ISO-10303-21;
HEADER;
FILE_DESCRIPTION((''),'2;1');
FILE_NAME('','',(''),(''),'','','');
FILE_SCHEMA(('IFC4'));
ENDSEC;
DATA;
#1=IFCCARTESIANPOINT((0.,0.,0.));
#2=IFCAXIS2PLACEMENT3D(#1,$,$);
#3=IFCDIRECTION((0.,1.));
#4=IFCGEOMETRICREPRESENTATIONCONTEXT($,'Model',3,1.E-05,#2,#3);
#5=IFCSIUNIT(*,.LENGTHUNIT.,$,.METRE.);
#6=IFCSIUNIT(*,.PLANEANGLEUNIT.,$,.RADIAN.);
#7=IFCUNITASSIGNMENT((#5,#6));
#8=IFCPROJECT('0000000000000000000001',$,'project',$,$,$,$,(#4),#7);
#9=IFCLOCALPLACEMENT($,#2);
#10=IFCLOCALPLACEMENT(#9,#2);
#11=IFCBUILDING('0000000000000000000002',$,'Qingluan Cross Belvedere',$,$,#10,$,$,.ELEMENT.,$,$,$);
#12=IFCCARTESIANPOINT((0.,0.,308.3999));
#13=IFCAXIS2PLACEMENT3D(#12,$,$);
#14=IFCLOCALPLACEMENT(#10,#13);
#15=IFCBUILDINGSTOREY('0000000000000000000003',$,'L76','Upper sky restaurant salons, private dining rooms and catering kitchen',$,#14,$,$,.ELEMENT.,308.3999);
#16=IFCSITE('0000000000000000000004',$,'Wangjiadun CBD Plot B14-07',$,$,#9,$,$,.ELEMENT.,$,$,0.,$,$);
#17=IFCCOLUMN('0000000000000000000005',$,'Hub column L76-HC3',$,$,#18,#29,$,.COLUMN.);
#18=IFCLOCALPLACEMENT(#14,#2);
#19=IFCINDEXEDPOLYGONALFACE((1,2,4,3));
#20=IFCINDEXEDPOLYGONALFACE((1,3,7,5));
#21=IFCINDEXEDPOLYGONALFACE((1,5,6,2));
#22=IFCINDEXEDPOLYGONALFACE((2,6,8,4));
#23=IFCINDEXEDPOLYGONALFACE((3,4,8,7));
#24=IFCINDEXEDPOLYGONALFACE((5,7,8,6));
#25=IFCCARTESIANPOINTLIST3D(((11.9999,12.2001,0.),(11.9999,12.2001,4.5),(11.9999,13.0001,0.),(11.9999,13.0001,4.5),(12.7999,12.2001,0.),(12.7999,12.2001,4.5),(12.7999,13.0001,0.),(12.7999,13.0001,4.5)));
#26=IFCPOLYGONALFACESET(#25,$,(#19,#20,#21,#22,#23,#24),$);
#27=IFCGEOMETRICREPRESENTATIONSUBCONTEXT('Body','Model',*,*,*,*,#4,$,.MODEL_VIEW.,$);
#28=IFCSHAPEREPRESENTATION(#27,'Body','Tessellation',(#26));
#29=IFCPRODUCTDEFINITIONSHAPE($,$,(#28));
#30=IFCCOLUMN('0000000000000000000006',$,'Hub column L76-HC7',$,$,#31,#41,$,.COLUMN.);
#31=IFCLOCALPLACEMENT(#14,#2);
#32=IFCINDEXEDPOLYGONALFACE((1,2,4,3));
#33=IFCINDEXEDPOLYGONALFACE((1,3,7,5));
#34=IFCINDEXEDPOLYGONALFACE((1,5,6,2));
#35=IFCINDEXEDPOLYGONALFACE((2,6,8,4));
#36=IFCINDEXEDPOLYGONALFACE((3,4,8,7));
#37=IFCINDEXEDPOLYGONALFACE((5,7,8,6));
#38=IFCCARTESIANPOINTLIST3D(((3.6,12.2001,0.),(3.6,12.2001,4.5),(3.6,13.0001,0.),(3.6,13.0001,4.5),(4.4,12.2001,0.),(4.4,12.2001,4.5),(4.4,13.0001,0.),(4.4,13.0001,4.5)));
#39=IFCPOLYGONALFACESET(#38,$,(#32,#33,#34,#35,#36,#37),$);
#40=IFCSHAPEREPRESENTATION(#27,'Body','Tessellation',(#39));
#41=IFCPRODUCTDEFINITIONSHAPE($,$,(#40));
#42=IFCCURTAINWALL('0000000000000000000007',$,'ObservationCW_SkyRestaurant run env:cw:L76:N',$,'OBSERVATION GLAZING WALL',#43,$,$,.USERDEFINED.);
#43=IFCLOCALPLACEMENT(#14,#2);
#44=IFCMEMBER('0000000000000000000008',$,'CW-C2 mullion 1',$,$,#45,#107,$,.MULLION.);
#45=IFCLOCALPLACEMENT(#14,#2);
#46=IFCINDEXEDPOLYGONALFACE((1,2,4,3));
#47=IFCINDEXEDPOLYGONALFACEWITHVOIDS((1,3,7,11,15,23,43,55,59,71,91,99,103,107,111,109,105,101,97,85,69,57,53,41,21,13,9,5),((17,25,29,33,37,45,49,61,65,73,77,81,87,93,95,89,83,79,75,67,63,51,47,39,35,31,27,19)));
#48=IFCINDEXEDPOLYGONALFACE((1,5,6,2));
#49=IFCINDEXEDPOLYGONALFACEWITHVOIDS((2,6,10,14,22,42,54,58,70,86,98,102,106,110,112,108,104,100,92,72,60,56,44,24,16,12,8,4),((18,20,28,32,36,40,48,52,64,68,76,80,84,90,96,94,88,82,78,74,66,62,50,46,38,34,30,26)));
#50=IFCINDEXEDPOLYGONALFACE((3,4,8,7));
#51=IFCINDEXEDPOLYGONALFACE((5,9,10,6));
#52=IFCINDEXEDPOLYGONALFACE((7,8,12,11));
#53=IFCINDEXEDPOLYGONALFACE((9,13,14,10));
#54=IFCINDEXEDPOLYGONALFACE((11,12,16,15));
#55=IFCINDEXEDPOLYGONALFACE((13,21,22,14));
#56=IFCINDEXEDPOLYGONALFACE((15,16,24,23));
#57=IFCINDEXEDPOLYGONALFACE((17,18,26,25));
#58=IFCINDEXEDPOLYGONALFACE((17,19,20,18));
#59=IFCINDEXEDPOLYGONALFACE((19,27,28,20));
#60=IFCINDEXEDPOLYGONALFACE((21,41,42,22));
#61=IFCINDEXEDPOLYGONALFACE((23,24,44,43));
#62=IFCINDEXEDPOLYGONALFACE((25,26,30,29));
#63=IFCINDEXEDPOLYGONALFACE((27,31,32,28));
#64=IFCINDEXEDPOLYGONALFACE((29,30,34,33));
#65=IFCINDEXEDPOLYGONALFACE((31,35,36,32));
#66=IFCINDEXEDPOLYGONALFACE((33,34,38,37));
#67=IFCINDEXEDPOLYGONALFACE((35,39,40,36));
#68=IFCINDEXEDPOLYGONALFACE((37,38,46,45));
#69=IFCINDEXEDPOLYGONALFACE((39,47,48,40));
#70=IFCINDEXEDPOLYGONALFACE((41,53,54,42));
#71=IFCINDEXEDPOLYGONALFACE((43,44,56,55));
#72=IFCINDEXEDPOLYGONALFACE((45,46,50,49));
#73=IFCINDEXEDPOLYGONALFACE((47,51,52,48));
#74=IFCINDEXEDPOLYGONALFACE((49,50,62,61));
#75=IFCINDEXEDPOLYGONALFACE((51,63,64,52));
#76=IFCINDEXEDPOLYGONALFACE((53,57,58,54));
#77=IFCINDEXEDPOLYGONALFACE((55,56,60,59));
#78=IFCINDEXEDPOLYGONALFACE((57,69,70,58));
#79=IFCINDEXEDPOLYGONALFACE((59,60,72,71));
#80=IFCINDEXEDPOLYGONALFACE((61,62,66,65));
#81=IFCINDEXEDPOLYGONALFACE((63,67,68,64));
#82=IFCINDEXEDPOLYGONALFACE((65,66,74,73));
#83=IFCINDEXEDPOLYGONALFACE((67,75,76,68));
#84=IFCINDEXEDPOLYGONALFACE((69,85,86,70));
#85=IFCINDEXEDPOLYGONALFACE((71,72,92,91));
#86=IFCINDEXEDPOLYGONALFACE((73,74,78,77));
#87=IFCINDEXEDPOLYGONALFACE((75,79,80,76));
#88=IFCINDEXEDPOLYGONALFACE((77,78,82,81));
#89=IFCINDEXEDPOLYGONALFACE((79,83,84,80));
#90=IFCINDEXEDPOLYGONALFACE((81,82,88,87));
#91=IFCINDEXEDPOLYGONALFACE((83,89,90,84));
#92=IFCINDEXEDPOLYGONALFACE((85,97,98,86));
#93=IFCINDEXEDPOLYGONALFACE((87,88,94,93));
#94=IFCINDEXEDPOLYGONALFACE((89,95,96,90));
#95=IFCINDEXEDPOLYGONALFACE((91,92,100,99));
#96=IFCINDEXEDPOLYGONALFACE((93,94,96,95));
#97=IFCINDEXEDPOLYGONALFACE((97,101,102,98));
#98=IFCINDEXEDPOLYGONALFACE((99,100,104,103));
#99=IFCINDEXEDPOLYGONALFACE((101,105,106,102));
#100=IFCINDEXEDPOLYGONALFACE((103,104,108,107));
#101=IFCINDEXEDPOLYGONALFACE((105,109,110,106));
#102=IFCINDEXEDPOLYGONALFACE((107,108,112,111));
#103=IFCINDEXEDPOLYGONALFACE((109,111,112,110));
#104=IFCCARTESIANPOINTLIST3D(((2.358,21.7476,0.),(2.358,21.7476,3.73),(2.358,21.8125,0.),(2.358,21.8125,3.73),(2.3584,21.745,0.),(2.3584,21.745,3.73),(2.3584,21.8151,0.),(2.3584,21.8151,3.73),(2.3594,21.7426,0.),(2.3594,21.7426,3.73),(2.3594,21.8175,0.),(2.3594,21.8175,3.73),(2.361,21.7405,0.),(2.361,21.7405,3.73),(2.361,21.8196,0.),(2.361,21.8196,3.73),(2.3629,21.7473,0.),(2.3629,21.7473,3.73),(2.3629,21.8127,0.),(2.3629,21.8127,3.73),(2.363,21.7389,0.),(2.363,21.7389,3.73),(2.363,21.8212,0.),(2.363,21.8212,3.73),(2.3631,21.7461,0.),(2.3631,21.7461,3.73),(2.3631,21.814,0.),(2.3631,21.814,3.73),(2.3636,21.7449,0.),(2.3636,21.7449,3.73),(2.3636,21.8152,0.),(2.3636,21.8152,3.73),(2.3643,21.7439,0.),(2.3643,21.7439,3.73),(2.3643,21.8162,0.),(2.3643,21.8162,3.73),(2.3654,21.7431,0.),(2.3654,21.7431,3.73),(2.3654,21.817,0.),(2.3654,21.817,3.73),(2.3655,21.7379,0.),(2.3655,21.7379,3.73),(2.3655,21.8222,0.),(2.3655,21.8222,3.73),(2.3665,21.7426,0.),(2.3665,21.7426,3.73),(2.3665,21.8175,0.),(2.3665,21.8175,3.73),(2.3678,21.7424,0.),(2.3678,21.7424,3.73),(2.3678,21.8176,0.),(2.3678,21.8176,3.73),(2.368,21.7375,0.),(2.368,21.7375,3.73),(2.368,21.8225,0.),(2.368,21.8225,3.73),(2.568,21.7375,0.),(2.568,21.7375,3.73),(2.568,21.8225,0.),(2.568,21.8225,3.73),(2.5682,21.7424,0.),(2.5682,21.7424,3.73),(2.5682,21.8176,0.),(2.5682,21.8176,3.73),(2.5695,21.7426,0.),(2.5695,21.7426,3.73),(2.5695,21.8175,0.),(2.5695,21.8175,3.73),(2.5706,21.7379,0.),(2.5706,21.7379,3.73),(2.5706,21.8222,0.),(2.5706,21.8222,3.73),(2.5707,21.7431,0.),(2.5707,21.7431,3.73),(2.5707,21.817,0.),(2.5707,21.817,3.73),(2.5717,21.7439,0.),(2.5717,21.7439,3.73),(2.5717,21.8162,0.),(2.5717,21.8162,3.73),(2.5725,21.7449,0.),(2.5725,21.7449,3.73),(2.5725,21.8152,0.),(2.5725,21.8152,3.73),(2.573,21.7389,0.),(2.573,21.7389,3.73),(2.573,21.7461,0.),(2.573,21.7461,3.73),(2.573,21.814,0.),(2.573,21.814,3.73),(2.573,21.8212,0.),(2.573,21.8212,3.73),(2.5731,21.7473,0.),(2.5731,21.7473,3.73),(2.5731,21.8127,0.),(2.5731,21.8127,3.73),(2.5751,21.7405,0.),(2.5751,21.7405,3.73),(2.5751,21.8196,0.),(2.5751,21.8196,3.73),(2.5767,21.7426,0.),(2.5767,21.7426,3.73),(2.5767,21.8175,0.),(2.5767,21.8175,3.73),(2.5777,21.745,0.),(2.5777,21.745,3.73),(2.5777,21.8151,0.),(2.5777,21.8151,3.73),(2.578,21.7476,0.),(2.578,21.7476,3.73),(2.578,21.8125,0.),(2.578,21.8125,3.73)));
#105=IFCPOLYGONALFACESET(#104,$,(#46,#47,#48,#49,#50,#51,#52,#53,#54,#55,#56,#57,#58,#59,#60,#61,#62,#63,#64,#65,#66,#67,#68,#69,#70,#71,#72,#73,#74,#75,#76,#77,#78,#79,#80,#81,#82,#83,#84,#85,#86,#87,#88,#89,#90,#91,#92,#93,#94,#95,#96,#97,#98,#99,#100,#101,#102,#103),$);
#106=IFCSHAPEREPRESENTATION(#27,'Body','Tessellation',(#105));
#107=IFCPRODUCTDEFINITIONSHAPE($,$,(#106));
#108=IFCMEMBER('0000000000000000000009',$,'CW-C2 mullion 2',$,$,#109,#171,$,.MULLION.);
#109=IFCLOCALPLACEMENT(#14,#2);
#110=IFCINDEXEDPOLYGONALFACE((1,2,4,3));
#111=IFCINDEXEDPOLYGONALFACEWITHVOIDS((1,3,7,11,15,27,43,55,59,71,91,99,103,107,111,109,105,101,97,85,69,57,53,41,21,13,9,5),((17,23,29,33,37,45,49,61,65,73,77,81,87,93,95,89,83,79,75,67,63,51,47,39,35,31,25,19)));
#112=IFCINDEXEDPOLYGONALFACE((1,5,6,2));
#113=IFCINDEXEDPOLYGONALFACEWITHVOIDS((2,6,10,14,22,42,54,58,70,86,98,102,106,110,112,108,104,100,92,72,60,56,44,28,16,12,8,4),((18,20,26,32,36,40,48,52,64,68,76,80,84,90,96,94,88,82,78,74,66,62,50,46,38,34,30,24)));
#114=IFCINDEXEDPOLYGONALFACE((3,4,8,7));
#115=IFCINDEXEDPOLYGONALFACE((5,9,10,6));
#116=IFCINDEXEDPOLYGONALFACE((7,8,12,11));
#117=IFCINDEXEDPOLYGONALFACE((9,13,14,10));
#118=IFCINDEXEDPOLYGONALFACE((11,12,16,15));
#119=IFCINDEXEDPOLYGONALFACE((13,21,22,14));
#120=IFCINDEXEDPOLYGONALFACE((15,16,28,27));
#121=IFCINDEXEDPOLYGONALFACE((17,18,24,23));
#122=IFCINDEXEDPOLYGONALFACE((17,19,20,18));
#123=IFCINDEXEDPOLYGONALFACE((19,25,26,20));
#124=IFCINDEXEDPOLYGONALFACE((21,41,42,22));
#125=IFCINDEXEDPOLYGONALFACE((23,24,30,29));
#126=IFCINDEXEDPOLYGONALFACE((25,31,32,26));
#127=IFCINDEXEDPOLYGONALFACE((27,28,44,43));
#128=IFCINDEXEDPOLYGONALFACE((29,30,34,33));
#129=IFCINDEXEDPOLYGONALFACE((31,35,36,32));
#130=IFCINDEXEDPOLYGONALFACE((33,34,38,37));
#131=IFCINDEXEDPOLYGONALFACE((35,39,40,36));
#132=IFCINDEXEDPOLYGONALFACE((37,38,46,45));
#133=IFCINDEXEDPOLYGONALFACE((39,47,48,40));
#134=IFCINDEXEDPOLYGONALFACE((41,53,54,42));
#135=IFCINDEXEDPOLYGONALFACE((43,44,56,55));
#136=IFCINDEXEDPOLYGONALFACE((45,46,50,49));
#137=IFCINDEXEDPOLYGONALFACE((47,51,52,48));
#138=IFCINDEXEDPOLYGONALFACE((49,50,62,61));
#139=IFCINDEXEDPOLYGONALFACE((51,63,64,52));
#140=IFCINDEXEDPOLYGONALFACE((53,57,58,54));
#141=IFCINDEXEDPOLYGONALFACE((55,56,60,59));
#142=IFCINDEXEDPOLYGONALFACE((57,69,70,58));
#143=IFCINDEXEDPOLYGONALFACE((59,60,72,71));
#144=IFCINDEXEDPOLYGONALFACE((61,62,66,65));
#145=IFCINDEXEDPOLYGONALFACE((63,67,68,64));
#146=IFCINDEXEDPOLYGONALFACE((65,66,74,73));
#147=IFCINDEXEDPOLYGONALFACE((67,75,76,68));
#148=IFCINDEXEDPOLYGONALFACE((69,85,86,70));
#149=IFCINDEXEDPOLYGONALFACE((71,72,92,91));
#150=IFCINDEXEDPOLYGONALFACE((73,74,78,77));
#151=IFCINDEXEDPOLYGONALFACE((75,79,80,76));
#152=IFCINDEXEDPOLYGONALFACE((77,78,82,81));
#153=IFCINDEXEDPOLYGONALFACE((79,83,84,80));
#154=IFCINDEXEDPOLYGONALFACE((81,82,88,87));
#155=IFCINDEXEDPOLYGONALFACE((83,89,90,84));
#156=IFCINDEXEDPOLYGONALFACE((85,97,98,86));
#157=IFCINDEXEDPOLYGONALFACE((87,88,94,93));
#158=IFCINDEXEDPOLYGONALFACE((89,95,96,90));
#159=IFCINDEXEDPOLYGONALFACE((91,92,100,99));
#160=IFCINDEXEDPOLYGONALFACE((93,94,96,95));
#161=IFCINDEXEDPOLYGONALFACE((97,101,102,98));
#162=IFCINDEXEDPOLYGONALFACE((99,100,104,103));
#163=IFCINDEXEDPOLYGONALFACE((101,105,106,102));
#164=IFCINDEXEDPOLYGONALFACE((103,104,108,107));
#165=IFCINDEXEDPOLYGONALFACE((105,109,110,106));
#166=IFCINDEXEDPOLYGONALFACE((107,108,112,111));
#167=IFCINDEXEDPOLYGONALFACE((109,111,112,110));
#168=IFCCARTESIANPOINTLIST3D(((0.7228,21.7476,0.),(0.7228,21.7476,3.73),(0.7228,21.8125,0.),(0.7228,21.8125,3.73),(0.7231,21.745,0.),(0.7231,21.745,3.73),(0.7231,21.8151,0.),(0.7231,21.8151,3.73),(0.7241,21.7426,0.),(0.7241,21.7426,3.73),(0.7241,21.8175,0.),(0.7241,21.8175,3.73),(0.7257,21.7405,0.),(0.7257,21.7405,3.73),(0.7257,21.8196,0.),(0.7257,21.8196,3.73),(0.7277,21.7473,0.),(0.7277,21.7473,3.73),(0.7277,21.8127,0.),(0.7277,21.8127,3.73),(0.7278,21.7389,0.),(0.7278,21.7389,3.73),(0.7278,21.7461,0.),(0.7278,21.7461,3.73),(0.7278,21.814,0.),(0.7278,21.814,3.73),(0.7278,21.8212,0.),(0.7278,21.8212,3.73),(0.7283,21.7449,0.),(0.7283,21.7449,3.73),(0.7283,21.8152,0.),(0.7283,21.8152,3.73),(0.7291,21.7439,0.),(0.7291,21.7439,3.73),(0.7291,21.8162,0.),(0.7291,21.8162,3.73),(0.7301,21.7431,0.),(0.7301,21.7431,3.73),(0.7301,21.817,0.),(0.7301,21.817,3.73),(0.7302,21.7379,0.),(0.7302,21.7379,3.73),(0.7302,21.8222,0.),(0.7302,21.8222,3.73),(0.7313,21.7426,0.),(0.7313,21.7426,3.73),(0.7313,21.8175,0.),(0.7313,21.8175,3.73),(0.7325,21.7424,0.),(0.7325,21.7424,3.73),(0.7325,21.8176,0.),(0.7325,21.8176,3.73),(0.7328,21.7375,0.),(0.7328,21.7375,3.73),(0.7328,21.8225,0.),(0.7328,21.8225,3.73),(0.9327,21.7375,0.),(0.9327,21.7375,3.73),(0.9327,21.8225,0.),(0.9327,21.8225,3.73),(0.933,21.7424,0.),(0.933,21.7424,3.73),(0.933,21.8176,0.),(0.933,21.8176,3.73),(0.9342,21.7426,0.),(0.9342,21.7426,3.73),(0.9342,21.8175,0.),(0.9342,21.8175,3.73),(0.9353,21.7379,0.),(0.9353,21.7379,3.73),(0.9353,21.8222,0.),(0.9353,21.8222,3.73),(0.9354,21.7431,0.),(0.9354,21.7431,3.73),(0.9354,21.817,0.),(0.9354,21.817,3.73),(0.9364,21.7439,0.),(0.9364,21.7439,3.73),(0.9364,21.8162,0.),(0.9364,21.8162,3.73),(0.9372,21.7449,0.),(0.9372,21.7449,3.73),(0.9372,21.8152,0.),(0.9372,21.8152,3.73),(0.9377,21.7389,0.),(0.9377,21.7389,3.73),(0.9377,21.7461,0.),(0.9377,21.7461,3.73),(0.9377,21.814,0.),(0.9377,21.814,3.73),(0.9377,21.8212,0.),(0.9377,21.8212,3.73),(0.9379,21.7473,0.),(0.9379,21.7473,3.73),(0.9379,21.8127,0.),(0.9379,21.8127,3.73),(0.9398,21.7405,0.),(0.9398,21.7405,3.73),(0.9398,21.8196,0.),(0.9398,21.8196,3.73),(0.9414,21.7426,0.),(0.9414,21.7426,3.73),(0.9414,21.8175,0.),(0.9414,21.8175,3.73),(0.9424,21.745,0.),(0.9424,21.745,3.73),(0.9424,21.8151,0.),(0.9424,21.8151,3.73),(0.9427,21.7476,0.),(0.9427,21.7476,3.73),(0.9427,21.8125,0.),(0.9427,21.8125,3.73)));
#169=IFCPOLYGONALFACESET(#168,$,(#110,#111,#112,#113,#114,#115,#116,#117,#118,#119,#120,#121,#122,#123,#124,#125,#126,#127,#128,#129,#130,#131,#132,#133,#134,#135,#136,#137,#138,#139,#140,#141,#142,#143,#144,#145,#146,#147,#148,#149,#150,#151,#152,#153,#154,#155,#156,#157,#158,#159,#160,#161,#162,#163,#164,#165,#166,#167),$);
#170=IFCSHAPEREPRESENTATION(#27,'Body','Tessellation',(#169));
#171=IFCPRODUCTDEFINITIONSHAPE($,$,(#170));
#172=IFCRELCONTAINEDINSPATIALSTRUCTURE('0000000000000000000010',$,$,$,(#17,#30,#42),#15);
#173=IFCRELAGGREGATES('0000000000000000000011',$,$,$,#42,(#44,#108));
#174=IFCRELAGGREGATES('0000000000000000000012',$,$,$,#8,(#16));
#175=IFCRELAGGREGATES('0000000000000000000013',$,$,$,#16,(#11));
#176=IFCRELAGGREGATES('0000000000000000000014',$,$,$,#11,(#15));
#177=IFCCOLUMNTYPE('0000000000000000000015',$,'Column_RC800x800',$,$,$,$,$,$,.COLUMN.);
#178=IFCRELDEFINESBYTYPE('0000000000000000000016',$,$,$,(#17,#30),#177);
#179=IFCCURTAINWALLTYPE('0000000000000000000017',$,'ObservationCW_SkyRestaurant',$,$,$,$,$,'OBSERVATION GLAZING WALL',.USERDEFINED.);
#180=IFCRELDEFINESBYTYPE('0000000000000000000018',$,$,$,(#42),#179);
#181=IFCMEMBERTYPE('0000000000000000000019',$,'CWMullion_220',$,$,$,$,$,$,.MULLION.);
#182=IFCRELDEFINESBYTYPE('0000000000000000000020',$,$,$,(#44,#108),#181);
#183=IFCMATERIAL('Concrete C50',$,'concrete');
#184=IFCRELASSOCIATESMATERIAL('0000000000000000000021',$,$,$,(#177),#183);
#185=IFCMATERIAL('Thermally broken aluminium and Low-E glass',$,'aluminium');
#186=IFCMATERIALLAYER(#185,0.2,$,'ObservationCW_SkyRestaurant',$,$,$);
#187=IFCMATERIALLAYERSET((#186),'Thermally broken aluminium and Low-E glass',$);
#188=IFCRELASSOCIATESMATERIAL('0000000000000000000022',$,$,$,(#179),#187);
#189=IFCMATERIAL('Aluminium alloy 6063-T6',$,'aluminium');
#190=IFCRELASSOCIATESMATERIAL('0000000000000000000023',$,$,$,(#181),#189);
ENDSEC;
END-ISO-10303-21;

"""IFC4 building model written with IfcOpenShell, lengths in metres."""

from ifc_helpers import new_model, si_unit, direction, frame, origin, origin_2d, place, context, subcontext, project, spatial, rectangle, hollow_rectangle, extrude, material, layer, layer_set, material_profile, profile_set, type_object, element, aggregate, save


model = new_model("IFC4")

# Units and contexts
model_context = context("Model", 3, precision=1e-05, world=origin(), true_north=direction((0.0, 1.0)))
body_context = subcontext(model_context, "Body", "Model", "MODEL_VIEW")
ifc_project = project(units=[si_unit("LENGTHUNIT", "METRE"), si_unit("PLANEANGLEUNIT", "RADIAN")], contexts=[model_context])

# Site, building, storey
site_placement = place(None, origin())
site = spatial("IfcSite", under=ifc_project, at=site_placement, Name="Wangjiadun CBD Plot B14-07", CompositionType="ELEMENT", RefElevation=0.0)
building_placement = place(site_placement, origin())
building = spatial("IfcBuilding", under=site, at=building_placement, Name="Qingluan Cross Belvedere", CompositionType="ELEMENT")
storey_placement = place(building_placement, frame((0.0, 0.0, 308.3999)))
storey = spatial("IfcBuildingStorey", under=building, at=storey_placement, Name="L76", Description="Upper sky restaurant salons, private dining rooms and catering kitchen", CompositionType="ELEMENT", Elevation=308.3999)

# Columns
ifc_material_1 = material(Name="Concrete C50", Category="concrete")
ifc_material_profile_1 = material_profile(ifc_material_1, rectangle(XDim=0.8, YDim=0.8, at=origin_2d()), Name="RC800x800")
ifc_profile_set_1 = profile_set([ifc_material_profile_1], Name="Concrete C50")
column_type = type_object("IfcColumnType", Name="Column_RC800x800", PredefinedType="COLUMN", material=ifc_profile_set_1)
for number, where, z_axis, x_axis, name in (
    (1, (12.3999, 12.6001, 0.0), (0.0, 0.0, 1.0), (1.0, 0.0, 0.0), "Hub column L76-HC3"),
    (2, (4.0, 12.6001, 0.0), (0.0, 0.0, 1.0), (1.0, 0.0, 0.0), "Hub column L76-HC7"),
):
    element("IfcColumn", number, at=place(storey_placement, frame(where, z_axis=z_axis, x_axis=x_axis)), inside=storey, type_object=column_type, Name=name, PredefinedType="COLUMN", context=body_context, shape_type="SweptSolid", body=[
        extrude(rectangle(XDim=0.8, YDim=0.8, at=origin_2d()), origin(), (0.0, 0.0, 1.0), 4.5),
    ])

# Curtain wall, members
ifc_material_2 = material(Name="Thermally broken aluminium and Low-E glass", Category="aluminium")
ifc_layer_1 = layer(ifc_material_2, 0.2, Name="ObservationCW_SkyRestaurant")
ifc_layer_set_1 = layer_set([ifc_layer_1], Name="Thermally broken aluminium and Low-E glass")
curtain_wall_type = type_object("IfcCurtainWallType", Name="ObservationCW_SkyRestaurant", ElementType="OBSERVATION GLAZING WALL", PredefinedType="USERDEFINED", material=ifc_layer_set_1)
curtain_wall_placement = place(storey_placement, origin())
curtain_wall = element("IfcCurtainWall", 3, at=curtain_wall_placement, inside=storey, type_object=curtain_wall_type, Name="ObservationCW_SkyRestaurant run env:cw:L76:N", ObjectType="OBSERVATION GLAZING WALL", PredefinedType="USERDEFINED")
ifc_material_3 = material(Name="Aluminium alloy 6063-T6", Category="aluminium")
ifc_material_profile_2 = material_profile(ifc_material_3, hollow_rectangle(XDim=0.085, YDim=0.22, WallThickness=0.0049, InnerFilletRadius=0.0049, OuterFilletRadius=0.01, at=origin_2d()), Name="CWM220x85x5")
ifc_profile_set_2 = profile_set([ifc_material_profile_2], Name="Aluminium alloy 6063-T6")
member_type_1 = type_object("IfcMemberType", Name="CWMullion_220", PredefinedType="MULLION", material=ifc_profile_set_2)
member_1_placement = place(storey_placement, frame((2.468, 21.78, 0.0), z_axis=(0.0, 0.0, 1.0), x_axis=(0.0, -1.0, 0.0)))
member_1 = element("IfcMember", 4, at=member_1_placement, type_object=member_type_1, Name="CW-C2 mullion 1", PredefinedType="MULLION", context=body_context, shape_type="SweptSolid", body=[
    extrude(hollow_rectangle(XDim=0.085, YDim=0.22, WallThickness=0.0049, InnerFilletRadius=0.0049, OuterFilletRadius=0.01, at=origin_2d()), origin(), (0.0, 0.0, 1.0), 3.73),
])
member_2_placement = place(storey_placement, frame((0.8328, 21.78, 0.0), z_axis=(0.0, 0.0, 1.0), x_axis=(0.0, -1.0, 0.0)))
member_2 = element("IfcMember", 5, at=member_2_placement, type_object=member_type_1, Name="CW-C2 mullion 2", PredefinedType="MULLION", context=body_context, shape_type="SweptSolid", body=[
    extrude(hollow_rectangle(XDim=0.085, YDim=0.22, WallThickness=0.0049, InnerFilletRadius=0.0049, OuterFilletRadius=0.01, at=origin_2d()), origin(), (0.0, 0.0, 1.0), 3.73),
])

aggregate(curtain_wall, [member_1, member_2])

save(model, "model.ifc")
